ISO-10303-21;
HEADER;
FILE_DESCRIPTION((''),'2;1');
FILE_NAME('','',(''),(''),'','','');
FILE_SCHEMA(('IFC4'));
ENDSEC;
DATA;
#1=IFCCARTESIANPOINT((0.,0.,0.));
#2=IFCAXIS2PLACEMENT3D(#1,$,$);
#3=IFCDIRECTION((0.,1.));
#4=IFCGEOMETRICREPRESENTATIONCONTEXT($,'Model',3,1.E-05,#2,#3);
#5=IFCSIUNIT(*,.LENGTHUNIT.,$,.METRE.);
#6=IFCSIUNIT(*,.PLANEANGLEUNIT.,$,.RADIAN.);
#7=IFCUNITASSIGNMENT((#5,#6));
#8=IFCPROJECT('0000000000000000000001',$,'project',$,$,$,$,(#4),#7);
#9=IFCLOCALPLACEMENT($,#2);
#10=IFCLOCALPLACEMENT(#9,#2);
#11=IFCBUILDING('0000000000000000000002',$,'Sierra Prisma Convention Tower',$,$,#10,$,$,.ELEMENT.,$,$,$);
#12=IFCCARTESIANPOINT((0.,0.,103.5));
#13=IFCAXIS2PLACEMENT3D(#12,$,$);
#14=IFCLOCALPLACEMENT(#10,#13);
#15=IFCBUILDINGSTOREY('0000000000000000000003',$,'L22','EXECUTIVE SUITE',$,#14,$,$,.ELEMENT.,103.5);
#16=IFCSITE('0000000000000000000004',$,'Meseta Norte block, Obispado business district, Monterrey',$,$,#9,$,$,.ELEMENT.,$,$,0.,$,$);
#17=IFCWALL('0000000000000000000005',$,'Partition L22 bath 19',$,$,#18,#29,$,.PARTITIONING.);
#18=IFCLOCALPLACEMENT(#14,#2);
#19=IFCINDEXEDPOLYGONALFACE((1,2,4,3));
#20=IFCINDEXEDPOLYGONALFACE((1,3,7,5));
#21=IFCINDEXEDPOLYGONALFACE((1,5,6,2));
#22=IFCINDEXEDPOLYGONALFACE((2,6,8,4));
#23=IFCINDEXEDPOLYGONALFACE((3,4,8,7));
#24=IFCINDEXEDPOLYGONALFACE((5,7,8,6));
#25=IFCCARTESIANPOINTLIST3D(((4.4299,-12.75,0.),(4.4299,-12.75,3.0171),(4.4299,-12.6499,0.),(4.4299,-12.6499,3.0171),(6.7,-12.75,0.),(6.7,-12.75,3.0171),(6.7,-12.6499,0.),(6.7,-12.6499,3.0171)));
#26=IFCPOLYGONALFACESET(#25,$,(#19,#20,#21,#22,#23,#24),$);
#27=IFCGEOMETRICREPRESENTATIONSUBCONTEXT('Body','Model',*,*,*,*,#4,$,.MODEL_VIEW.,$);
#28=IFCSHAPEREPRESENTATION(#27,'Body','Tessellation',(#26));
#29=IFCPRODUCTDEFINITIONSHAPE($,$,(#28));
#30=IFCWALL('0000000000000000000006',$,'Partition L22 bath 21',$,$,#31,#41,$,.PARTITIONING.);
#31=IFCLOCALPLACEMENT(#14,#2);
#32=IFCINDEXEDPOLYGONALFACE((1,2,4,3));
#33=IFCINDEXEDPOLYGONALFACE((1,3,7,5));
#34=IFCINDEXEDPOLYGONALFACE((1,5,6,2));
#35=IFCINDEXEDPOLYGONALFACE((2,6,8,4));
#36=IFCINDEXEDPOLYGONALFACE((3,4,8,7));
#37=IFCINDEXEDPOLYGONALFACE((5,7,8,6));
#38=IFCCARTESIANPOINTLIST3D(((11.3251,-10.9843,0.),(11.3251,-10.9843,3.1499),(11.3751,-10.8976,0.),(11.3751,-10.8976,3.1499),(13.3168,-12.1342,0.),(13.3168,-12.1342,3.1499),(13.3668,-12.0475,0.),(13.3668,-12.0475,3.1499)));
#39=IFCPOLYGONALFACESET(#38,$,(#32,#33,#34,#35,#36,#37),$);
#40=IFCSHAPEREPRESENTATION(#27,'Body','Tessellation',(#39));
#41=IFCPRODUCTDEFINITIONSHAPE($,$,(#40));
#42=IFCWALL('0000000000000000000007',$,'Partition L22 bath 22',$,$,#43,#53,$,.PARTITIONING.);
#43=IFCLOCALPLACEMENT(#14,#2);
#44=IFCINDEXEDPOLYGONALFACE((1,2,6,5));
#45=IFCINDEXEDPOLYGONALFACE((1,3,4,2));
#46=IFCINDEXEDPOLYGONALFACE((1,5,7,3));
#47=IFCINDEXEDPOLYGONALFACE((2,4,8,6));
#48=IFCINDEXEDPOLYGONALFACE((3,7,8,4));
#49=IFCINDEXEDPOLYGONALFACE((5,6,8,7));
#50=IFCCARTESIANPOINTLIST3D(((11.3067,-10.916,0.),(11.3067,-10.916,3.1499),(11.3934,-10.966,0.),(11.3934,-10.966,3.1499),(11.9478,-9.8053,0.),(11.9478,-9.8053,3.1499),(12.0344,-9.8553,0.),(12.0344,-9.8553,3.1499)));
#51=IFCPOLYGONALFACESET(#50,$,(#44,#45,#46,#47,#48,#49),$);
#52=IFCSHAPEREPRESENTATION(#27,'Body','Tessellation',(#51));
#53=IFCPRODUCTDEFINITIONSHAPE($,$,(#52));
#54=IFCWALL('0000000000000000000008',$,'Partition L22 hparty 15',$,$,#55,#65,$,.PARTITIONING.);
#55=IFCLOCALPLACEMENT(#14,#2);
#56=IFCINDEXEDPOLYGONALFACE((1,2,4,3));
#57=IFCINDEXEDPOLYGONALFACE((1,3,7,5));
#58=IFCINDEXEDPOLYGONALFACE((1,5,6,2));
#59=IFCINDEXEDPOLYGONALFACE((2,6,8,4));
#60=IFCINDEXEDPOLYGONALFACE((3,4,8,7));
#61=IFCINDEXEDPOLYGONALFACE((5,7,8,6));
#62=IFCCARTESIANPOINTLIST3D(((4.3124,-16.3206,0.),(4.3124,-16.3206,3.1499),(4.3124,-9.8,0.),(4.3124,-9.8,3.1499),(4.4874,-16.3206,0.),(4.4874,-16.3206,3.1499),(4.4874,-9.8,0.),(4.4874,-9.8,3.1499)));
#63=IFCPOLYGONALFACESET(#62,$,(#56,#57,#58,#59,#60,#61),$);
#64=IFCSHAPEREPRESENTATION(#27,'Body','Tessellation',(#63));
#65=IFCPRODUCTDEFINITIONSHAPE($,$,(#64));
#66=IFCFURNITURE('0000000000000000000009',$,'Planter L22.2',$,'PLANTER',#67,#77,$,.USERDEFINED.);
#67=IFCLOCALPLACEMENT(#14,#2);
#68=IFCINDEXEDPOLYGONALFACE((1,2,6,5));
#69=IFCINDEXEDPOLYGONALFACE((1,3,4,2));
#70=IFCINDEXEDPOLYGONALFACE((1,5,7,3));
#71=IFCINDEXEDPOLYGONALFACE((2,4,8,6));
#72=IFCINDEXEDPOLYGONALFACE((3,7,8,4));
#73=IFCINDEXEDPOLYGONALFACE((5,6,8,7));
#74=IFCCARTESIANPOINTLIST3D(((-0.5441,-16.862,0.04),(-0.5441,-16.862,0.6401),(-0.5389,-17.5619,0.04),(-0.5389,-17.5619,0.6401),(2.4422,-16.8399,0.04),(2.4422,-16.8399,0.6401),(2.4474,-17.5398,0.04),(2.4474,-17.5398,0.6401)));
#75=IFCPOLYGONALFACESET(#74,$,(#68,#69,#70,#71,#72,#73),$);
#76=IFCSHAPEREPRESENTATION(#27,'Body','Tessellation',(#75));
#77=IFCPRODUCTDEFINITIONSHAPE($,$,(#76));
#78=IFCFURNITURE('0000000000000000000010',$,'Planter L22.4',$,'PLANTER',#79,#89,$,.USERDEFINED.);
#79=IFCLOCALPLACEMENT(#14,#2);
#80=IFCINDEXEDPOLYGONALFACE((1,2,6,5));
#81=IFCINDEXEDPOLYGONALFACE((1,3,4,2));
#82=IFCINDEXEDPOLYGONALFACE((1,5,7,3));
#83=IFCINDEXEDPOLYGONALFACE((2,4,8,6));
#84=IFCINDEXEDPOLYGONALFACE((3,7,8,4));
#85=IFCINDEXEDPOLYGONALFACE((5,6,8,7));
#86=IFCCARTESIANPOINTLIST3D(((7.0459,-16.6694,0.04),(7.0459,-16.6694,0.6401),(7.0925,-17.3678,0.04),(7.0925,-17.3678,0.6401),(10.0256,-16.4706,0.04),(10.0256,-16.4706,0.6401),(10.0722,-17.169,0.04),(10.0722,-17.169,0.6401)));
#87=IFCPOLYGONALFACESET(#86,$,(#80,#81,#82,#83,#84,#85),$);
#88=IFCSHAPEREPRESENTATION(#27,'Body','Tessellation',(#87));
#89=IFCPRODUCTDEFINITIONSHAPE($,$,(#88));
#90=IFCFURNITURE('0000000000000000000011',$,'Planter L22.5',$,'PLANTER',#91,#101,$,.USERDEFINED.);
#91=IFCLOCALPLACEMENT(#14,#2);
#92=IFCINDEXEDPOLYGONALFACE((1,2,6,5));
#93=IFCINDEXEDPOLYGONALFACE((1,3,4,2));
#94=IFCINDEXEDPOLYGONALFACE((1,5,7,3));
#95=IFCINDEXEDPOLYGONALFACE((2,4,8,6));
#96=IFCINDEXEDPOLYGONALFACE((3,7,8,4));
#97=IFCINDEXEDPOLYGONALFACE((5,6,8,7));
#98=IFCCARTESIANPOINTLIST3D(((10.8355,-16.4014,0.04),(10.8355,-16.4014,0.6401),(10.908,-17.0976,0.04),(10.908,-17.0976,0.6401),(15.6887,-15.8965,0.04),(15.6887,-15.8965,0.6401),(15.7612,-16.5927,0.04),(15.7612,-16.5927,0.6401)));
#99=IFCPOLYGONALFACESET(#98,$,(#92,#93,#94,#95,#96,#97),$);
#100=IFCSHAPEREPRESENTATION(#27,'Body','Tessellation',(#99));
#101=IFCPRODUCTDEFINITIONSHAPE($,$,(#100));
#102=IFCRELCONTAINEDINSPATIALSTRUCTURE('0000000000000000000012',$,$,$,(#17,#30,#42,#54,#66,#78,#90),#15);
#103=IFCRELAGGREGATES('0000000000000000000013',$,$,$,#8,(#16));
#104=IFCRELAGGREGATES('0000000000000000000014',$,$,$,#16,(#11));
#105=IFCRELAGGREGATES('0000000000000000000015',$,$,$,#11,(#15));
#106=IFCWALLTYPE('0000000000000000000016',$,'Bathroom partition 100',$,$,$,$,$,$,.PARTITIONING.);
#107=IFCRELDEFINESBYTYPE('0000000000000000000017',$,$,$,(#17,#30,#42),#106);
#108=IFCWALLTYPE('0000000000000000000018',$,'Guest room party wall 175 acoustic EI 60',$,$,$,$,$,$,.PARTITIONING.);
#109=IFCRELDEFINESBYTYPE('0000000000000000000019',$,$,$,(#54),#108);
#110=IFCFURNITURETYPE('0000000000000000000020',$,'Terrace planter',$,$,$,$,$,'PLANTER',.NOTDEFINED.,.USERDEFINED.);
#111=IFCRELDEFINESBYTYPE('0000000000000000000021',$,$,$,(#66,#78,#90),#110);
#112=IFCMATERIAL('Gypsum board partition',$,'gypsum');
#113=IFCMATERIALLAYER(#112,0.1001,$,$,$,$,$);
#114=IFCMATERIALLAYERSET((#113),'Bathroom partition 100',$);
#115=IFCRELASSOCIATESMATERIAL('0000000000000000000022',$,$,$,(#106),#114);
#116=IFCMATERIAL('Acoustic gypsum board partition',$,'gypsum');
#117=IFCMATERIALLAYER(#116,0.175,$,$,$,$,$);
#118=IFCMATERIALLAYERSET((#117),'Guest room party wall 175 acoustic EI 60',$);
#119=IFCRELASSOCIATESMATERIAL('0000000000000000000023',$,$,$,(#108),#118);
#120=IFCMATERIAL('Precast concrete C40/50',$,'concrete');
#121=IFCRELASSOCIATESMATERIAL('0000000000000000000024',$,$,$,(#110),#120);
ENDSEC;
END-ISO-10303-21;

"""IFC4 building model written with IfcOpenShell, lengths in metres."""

from ifc_helpers import new_model, si_unit, direction, frame, frame_2d, origin, origin_2d, place, context, subcontext, project, spatial, rectangle, extrude, material, layer, layer_set, type_object, element, save


model = new_model("IFC4")

# Units and contexts
model_context = context("Model", 3, precision=1e-05, world=origin(), true_north=direction((0.0, 1.0)))
body_context = subcontext(model_context, "Body", "Model", "MODEL_VIEW")
ifc_project = project(units=[si_unit("LENGTHUNIT", "METRE"), si_unit("PLANEANGLEUNIT", "RADIAN")], contexts=[model_context])

# Site, building, storey
site_placement = place(None, origin())
site = spatial("IfcSite", under=ifc_project, at=site_placement, Name="Meseta Norte block, Obispado business district, Monterrey", CompositionType="ELEMENT", RefElevation=0.0)
building_placement = place(site_placement, origin())
building = spatial("IfcBuilding", under=site, at=building_placement, Name="Sierra Prisma Convention Tower", CompositionType="ELEMENT")
storey_placement = place(building_placement, frame((0.0, 0.0, 103.5)))
storey = spatial("IfcBuildingStorey", under=building, at=storey_placement, Name="L22", Description="EXECUTIVE SUITE", CompositionType="ELEMENT", Elevation=103.5)

# Shared definitions
ifc_material_1 = material(Name="Gypsum board partition", Category="gypsum")
ifc_layer_1 = layer(ifc_material_1, 0.1001)
ifc_layer_set_1 = layer_set([ifc_layer_1], Name="Bathroom partition 100")
wall_type_1 = type_object("IfcWallType", Name="Bathroom partition 100", PredefinedType="PARTITIONING", material=ifc_layer_set_1)

# Walls
wall_1_placement = place(storey_placement, frame((6.7, -12.7, 0.0), z_axis=(0.0, 0.0, 1.0), x_axis=(-1.0, 0.0, 0.0)))
element("IfcWall", 1, at=wall_1_placement, inside=storey, type_object=wall_type_1, Name="Partition L22 bath 19", PredefinedType="PARTITIONING", context=body_context, shape_type="SweptSolid", body=[
    extrude(rectangle(XDim=2.27, YDim=0.1001, at=frame_2d((1.135, 0.0))), origin(), (0.0, 0.0, 1.0), 3.0171),
])
wall_2_placement = place(storey_placement, frame((13.3418, -12.0908, 0.0), z_axis=(0.0, 0.0, 1.0), x_axis=(-0.866026, 0.499998, 0.0)))
element("IfcWall", 2, at=wall_2_placement, inside=storey, type_object=wall_type_1, Name="Partition L22 bath 21", PredefinedType="PARTITIONING", context=body_context, shape_type="SweptSolid", body=[
    extrude(rectangle(XDim=2.2998, YDim=0.1001, at=frame_2d((1.1499, 0.0))), origin(), (0.0, 0.0, 1.0), 3.1499),
])
wall_3_placement = place(storey_placement, frame((11.3501, -10.9409, 0.0), z_axis=(0.0, 0.0, 1.0), x_axis=(0.499865, 0.866103, 0.0)))
element("IfcWall", 3, at=wall_3_placement, inside=storey, type_object=wall_type_1, Name="Partition L22 bath 22", PredefinedType="PARTITIONING", context=body_context, shape_type="SweptSolid", body=[
    extrude(rectangle(XDim=1.2825, YDim=0.1001, at=frame_2d((0.6411, 0.0))), origin(), (0.0, 0.0, 1.0), 3.1499),
])
ifc_material_2 = material(Name="Acoustic gypsum board partition", Category="gypsum")
ifc_layer_2 = layer(ifc_material_2, 0.175)
ifc_layer_set_2 = layer_set([ifc_layer_2], Name="Guest room party wall 175 acoustic EI 60")
wall_type_2 = type_object("IfcWallType", Name="Guest room party wall 175 acoustic EI 60", PredefinedType="PARTITIONING", material=ifc_layer_set_2)
wall_4_placement = place(storey_placement, frame((4.3999, -9.8, 0.0), z_axis=(0.0, 0.0, 1.0), x_axis=(0.0, -1.0, 0.0)))
element("IfcWall", 4, at=wall_4_placement, inside=storey, type_object=wall_type_2, Name="Partition L22 hparty 15", PredefinedType="PARTITIONING", context=body_context, shape_type="SweptSolid", body=[
    extrude(rectangle(XDim=6.5205, YDim=0.175, at=frame_2d((3.2603, 0.0))), origin(), (0.0, 0.0, 1.0), 3.1499),
])

# Furniture
ifc_material_3 = material(Name="Precast concrete C40/50", Category="concrete")
furniture_type = type_object("IfcFurnitureType", Name="Terrace planter", ElementType="PLANTER", AssemblyPlace="NOTDEFINED", PredefinedType="USERDEFINED", material=ifc_material_3)
for number, where, z_axis, x_axis, name in (
    (5, (0.9517, -17.2009, 0.04), (0.0, 0.0, 1.0), (0.999973, 0.007404, 0.0), "Planter L22.2"),
    (6, (8.5591, -16.9192, 0.04), (0.0, 0.0, 1.0), (0.99778, 0.06659, 0.0), "Planter L22.4"),
):
    element("IfcFurniture", number, at=place(storey_placement, frame(where, z_axis=z_axis, x_axis=x_axis)), inside=storey, type_object=furniture_type, Name=name, ObjectType="PLANTER", PredefinedType="USERDEFINED", context=body_context, shape_type="SweptSolid", body=[
        extrude(rectangle(XDim=2.9863, YDim=0.7, at=origin_2d()), origin(), (0.0, 0.0, 1.0), 0.6001),
    ])
furniture_placement = place(storey_placement, frame((13.2983, -16.4971, 0.04), z_axis=(0.0, 0.0, 1.0), x_axis=(0.994632, 0.103476, 0.0)))
element("IfcFurniture", 7, at=furniture_placement, inside=storey, type_object=furniture_type, Name="Planter L22.5", ObjectType="PLANTER", PredefinedType="USERDEFINED", context=body_context, shape_type="SweptSolid", body=[
    extrude(rectangle(XDim=4.8794, YDim=0.7, at=origin_2d()), origin(), (0.0, 0.0, 1.0), 0.6001),
])

save(model, "model.ifc")
